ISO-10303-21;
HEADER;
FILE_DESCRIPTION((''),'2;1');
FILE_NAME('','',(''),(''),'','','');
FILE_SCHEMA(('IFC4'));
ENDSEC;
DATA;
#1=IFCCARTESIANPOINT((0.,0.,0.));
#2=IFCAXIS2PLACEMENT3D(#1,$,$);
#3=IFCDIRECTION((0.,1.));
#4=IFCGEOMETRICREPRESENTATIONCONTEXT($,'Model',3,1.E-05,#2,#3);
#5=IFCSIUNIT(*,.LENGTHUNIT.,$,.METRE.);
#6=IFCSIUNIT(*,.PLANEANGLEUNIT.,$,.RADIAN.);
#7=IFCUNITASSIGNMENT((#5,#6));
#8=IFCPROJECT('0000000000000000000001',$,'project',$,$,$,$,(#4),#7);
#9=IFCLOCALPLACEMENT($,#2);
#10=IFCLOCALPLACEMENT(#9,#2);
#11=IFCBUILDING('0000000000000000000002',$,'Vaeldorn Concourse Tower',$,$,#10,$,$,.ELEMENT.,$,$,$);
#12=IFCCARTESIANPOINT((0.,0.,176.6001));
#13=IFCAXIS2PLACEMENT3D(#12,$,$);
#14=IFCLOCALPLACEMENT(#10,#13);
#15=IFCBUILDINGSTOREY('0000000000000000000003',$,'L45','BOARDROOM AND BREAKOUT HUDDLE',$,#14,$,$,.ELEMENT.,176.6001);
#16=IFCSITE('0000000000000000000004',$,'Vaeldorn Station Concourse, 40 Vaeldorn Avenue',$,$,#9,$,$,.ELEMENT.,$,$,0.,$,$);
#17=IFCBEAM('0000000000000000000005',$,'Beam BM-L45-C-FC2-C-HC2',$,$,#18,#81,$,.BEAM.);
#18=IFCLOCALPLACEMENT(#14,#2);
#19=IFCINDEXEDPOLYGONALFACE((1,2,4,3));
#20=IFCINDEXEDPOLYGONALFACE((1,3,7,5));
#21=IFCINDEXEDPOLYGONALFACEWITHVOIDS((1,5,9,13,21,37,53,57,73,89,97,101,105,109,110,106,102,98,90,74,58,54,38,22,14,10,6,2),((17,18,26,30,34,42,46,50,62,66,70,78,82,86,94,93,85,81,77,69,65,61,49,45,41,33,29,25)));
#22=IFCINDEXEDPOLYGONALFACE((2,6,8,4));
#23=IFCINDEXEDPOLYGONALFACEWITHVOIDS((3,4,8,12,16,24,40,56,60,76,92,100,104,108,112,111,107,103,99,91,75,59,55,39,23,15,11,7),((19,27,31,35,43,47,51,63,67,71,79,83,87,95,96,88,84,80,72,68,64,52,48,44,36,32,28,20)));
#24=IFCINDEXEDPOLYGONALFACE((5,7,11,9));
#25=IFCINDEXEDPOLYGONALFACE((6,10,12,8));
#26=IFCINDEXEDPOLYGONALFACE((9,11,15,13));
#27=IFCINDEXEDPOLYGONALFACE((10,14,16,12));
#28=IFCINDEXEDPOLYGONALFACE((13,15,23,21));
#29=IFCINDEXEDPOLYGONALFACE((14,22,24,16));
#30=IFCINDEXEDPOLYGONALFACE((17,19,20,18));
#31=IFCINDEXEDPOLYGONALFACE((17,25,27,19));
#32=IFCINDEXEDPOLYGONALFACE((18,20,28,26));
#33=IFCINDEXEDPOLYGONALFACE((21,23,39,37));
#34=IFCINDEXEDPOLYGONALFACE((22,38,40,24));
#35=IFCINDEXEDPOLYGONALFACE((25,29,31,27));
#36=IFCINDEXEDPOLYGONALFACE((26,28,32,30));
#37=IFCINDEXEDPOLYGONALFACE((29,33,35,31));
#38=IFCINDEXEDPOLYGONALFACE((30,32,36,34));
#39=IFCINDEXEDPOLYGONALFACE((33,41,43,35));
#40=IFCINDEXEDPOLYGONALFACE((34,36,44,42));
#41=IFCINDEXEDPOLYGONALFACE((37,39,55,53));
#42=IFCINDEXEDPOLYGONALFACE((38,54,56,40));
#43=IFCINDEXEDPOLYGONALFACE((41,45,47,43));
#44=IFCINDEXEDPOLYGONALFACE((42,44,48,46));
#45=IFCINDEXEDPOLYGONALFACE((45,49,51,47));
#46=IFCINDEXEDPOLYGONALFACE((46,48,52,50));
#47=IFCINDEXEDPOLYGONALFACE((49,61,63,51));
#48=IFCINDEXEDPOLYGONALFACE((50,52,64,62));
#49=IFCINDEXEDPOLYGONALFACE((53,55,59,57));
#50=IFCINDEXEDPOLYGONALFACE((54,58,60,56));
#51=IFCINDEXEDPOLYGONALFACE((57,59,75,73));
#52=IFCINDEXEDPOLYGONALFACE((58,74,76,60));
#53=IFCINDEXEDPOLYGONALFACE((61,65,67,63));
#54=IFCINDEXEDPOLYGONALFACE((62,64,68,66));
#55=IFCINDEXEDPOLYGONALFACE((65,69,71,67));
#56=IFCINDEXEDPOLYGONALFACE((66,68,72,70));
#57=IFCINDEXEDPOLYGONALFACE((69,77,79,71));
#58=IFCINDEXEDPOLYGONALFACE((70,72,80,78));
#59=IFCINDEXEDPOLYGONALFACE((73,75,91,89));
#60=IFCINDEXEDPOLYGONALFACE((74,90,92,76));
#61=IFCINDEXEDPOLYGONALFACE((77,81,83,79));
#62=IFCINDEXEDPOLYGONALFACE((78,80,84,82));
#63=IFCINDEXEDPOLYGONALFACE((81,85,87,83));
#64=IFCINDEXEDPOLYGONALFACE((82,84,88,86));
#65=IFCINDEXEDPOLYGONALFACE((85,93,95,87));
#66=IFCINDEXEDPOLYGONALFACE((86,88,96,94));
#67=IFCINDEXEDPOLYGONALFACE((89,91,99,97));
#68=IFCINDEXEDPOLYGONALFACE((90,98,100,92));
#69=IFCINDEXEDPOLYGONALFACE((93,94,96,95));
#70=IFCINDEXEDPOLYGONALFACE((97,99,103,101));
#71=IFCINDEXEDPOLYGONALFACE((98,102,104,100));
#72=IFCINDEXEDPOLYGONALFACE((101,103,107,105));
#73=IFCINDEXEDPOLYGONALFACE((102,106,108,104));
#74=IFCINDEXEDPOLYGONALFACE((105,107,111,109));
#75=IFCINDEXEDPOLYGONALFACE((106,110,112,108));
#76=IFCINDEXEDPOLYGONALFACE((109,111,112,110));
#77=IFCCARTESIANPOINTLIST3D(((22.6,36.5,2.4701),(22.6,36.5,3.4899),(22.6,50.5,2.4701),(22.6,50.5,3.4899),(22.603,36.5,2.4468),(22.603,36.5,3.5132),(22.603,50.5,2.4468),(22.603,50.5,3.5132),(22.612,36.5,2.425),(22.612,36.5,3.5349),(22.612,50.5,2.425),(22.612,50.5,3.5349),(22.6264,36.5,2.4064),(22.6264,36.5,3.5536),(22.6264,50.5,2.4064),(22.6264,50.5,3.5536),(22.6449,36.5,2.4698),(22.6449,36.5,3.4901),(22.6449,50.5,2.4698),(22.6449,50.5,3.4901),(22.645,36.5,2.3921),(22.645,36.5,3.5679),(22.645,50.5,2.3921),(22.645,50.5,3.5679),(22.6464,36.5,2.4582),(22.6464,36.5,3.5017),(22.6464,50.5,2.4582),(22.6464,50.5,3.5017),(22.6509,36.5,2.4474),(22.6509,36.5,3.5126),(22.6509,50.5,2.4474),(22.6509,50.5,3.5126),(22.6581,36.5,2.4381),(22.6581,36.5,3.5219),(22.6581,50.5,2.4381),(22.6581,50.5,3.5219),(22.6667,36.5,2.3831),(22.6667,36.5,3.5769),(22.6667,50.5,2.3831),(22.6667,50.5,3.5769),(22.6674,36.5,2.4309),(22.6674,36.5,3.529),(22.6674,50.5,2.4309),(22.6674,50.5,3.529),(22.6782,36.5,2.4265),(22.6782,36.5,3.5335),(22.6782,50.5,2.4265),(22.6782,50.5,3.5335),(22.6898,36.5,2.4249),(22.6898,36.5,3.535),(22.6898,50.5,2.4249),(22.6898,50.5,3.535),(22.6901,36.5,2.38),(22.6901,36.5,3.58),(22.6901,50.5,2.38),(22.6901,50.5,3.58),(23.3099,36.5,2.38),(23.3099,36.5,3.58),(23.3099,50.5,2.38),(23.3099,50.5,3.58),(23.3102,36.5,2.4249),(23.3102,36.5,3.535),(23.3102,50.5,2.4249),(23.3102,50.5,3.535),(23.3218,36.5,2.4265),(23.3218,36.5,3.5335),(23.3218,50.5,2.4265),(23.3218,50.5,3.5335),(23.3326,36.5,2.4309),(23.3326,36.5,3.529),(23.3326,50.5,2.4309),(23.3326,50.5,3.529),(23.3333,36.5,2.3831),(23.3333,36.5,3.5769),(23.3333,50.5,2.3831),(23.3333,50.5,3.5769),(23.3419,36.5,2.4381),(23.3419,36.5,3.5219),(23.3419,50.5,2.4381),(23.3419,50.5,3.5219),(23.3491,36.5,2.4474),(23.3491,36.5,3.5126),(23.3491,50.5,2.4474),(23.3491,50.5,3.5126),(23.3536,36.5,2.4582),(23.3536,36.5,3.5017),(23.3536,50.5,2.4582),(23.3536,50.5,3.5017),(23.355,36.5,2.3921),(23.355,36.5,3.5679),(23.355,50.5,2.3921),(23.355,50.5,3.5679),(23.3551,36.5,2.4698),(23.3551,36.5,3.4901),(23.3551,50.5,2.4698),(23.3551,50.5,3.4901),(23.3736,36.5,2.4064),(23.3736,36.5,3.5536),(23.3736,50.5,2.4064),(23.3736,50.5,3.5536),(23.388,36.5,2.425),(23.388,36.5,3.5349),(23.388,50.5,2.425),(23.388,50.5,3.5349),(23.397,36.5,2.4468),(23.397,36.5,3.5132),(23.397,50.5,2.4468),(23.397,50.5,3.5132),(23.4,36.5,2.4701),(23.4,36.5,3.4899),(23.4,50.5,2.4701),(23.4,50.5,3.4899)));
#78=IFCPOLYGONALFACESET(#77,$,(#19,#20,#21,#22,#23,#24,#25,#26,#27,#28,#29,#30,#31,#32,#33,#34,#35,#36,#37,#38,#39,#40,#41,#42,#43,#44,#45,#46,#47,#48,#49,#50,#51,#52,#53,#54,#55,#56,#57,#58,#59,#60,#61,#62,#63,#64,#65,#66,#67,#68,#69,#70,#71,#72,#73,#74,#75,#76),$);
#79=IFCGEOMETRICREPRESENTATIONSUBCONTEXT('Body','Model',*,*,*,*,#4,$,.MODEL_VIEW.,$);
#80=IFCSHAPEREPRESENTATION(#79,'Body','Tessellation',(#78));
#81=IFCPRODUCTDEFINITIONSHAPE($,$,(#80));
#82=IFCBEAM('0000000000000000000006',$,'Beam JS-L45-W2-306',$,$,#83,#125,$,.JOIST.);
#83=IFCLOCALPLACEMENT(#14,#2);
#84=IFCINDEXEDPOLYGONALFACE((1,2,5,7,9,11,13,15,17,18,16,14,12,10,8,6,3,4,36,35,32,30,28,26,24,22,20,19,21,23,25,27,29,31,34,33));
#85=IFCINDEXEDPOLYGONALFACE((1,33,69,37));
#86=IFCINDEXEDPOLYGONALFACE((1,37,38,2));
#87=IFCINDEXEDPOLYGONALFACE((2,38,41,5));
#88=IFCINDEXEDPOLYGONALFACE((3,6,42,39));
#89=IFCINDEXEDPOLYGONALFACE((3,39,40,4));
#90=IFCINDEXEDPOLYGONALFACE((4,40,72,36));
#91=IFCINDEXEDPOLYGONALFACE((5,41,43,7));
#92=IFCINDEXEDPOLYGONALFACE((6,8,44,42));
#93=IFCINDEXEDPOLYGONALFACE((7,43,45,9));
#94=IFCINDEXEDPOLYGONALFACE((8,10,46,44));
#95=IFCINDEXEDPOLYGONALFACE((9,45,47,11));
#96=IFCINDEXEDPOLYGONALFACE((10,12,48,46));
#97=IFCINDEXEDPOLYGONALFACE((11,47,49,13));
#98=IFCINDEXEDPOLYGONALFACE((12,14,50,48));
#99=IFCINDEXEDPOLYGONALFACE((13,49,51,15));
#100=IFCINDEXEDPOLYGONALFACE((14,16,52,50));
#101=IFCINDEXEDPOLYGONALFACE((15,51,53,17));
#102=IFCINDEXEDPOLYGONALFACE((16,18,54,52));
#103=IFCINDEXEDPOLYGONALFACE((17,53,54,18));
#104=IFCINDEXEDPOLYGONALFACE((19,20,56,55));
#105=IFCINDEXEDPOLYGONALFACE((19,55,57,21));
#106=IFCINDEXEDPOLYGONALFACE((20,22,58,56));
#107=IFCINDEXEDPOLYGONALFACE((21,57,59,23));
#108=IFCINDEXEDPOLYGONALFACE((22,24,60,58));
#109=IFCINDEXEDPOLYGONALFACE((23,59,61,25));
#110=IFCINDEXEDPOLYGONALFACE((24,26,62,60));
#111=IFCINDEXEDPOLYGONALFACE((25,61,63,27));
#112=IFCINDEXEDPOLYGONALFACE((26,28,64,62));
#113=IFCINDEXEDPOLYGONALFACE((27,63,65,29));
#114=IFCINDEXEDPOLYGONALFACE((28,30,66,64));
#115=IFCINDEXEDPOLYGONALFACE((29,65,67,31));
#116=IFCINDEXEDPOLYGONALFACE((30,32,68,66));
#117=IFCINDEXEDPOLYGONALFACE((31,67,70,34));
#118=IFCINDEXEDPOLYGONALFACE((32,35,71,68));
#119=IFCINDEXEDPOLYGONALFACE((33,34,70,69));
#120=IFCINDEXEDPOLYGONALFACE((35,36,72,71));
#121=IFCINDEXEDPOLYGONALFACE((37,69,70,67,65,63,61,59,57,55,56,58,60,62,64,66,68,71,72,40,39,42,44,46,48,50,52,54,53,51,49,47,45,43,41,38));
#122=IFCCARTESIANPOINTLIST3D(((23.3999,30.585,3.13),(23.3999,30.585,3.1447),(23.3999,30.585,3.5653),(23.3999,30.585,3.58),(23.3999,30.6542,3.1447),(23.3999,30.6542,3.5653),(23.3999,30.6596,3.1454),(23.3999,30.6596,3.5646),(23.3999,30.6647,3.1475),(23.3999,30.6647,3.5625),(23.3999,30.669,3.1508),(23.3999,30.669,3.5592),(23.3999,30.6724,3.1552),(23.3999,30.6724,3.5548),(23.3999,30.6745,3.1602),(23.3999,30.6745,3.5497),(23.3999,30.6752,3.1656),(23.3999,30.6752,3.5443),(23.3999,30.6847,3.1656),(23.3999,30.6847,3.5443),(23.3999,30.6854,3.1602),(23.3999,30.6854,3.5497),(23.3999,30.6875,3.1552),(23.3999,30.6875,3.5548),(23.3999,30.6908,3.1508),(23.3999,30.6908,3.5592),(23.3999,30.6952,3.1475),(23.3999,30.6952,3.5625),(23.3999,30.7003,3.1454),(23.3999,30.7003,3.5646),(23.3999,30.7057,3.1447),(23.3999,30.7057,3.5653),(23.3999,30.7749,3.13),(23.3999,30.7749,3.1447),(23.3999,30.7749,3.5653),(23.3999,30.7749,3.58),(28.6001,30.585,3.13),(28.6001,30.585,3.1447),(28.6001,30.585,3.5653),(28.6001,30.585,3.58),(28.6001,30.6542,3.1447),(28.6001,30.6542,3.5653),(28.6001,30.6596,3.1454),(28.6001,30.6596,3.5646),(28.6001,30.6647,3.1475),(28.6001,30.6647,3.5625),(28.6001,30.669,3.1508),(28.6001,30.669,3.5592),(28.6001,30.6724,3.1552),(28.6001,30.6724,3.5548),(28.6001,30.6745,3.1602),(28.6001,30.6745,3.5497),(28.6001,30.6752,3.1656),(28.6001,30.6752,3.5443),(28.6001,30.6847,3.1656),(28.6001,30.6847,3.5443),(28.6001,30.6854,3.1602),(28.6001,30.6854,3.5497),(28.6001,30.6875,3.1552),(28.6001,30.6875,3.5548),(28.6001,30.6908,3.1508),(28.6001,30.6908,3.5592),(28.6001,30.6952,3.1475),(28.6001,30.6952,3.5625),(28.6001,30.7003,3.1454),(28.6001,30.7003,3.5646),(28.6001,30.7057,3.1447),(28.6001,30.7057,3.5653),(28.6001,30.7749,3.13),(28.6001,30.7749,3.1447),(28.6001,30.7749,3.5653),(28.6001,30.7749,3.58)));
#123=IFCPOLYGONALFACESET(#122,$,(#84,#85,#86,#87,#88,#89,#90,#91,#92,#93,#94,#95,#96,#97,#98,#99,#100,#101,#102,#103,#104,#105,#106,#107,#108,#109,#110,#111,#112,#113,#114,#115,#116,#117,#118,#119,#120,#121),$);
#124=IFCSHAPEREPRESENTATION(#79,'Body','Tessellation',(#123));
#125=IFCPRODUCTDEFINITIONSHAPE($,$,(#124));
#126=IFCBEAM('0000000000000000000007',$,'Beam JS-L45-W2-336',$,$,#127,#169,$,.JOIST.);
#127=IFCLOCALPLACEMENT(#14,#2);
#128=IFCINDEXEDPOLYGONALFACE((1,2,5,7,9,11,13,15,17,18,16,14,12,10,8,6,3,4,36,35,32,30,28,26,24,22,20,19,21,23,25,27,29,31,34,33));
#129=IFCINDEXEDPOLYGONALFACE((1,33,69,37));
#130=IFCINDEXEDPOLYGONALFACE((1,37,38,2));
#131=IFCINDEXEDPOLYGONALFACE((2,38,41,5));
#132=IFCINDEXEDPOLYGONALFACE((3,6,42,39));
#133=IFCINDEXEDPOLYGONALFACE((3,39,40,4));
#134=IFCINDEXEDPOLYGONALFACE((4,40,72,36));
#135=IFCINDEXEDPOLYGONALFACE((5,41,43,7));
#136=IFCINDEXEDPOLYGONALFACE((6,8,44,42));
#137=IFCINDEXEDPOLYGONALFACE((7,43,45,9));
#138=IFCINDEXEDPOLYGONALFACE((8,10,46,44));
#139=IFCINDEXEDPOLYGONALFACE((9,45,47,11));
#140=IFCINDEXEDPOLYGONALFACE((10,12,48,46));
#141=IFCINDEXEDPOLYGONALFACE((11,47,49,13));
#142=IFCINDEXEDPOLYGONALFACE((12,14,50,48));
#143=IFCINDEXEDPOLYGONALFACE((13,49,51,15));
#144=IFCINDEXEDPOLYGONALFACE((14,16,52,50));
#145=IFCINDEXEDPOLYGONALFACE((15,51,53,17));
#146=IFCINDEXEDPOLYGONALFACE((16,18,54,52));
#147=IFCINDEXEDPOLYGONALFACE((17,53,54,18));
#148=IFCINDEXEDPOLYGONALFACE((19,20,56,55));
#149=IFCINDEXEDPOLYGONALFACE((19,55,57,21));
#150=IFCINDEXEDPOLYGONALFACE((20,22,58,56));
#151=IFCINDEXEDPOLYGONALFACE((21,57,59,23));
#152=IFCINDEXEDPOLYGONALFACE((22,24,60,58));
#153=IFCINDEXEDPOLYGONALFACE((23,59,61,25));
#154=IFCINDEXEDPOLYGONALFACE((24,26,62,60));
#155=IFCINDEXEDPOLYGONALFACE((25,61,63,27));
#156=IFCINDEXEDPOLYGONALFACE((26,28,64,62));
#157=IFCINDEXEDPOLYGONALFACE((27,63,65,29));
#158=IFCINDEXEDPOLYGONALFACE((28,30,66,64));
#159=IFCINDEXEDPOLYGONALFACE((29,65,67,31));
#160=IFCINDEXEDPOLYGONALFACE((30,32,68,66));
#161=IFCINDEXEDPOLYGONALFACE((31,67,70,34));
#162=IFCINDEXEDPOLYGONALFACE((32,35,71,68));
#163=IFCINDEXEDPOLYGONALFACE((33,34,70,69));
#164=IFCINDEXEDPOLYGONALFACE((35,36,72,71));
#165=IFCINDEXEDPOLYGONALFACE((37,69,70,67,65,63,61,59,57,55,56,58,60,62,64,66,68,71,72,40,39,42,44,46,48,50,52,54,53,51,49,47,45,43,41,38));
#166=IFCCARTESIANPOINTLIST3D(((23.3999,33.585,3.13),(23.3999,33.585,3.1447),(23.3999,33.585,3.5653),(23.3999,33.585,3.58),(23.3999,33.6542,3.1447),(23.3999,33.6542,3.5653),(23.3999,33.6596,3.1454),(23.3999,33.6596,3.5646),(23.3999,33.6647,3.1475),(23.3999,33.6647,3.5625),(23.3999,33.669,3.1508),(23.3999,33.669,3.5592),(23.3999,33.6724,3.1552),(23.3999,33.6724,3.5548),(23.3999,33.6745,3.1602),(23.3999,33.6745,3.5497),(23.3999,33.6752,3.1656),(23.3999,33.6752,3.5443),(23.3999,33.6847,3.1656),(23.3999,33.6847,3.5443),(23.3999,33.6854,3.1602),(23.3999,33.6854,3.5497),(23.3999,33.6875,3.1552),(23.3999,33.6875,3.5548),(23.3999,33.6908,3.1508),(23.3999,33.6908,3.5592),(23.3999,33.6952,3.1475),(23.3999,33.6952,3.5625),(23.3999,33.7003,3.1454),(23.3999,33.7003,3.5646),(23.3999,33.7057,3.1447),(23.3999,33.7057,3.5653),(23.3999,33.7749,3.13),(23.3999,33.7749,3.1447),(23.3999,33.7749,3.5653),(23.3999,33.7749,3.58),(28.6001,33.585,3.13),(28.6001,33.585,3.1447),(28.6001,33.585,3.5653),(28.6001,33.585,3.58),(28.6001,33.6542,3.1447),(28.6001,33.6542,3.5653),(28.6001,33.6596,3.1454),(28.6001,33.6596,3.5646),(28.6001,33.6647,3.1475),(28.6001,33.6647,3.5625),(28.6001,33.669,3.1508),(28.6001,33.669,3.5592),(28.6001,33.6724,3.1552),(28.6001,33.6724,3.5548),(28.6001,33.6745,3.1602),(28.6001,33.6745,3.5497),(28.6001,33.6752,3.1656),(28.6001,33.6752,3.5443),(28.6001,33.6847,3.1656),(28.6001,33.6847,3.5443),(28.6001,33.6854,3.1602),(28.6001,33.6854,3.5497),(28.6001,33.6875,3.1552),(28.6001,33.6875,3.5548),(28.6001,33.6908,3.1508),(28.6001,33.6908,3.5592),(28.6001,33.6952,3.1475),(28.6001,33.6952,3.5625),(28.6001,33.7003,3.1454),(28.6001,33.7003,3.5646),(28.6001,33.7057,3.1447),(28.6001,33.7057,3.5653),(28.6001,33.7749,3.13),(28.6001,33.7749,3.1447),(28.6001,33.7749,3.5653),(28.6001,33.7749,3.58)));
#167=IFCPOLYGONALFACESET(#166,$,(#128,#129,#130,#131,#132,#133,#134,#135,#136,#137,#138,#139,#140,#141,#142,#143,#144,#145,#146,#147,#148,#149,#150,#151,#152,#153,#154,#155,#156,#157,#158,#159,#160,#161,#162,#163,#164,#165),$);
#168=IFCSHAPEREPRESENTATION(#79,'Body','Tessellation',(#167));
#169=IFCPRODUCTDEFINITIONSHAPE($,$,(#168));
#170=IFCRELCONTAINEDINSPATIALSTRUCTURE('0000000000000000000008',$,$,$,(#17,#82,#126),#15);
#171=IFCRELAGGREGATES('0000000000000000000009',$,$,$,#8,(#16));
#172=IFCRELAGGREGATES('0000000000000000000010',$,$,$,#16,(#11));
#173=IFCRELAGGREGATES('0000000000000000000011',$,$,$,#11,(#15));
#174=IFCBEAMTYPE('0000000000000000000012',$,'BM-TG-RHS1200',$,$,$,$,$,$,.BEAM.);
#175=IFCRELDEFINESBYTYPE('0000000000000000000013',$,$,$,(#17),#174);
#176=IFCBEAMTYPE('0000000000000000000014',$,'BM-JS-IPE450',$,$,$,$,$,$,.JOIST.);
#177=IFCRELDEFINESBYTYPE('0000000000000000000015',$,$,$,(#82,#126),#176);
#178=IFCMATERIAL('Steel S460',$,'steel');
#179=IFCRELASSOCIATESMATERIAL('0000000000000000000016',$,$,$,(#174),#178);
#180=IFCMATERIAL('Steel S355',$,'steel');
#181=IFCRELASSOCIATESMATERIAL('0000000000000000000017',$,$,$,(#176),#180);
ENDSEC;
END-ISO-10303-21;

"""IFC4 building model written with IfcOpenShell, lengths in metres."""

from ifc_helpers import new_model, si_unit, direction, frame, origin, origin_2d, place, context, subcontext, project, spatial, hollow_rectangle, i_section, extrude, source, transform, mapped, material, material_profile, profile_set, type_object, element, save


model = new_model("IFC4")

# Units and contexts
model_context = context("Model", 3, precision=1e-05, world=origin(), true_north=direction((0.0, 1.0)))
body_context = subcontext(model_context, "Body", "Model", "MODEL_VIEW")
ifc_project = project(units=[si_unit("LENGTHUNIT", "METRE"), si_unit("PLANEANGLEUNIT", "RADIAN")], contexts=[model_context])

# Site, building, storey
site_placement = place(None, origin())
site = spatial("IfcSite", under=ifc_project, at=site_placement, Name="Vaeldorn Station Concourse, 40 Vaeldorn Avenue", CompositionType="ELEMENT", RefElevation=0.0)
building_placement = place(site_placement, origin())
building = spatial("IfcBuilding", under=site, at=building_placement, Name="Vaeldorn Concourse Tower", CompositionType="ELEMENT")
storey_placement = place(building_placement, frame((0.0, 0.0, 176.6001)))
storey = spatial("IfcBuildingStorey", under=building, at=storey_placement, Name="L45", Description="BOARDROOM AND BREAKOUT HUDDLE", CompositionType="ELEMENT", Elevation=176.6001)

# Shared definitions
ifc_material_1 = material(Name="Steel S460", Category="steel")
ifc_material_2 = material(Name="Steel S355", Category="steel")

# Beams
ifc_material_profile_1 = material_profile(ifc_material_1, hollow_rectangle(XDim=0.8, YDim=1.2, WallThickness=0.0449, InnerFilletRadius=0.0449, OuterFilletRadius=0.0901, at=origin_2d()), Name="RHS 1200x800x45")
ifc_profile_set_1 = profile_set([ifc_material_profile_1], Name="Steel S460")
beam_type_1 = type_object("IfcBeamType", Name="BM-TG-RHS1200", PredefinedType="BEAM", material=ifc_profile_set_1)
shared_shape_1 = source(origin(), body_context, "Body", "SweptSolid", [
    extrude(hollow_rectangle(XDim=0.8, YDim=1.2, WallThickness=0.0449, InnerFilletRadius=0.0449, OuterFilletRadius=0.0901, at=origin_2d()), origin(), (0.0, 0.0, 1.0), 14.0),
])
beam_placement = place(storey_placement, frame((23.0, 36.5, 2.98), z_axis=(0.0, 1.0, 0.0), x_axis=(-1.0, 0.0, 0.0)))
element("IfcBeam", 1, at=beam_placement, inside=storey, type_object=beam_type_1, Name="Beam BM-L45-C-FC2-C-HC2", PredefinedType="BEAM", context=body_context, shape_type="MappedRepresentation", body=[
    mapped(shared_shape_1, transform((0.0, 0.0, 0.0), scale=1.0)),
])
ifc_material_profile_2 = material_profile(ifc_material_2, i_section(OverallWidth=0.1899, OverallDepth=0.45, WebThickness=0.0095, FlangeThickness=0.0146, FilletRadius=0.021, at=origin_2d()), Name="IPE 450")
ifc_profile_set_2 = profile_set([ifc_material_profile_2], Name="Steel S355")
beam_type_2 = type_object("IfcBeamType", Name="BM-JS-IPE450", PredefinedType="JOIST", material=ifc_profile_set_2)
shared_shape_2 = source(origin(), body_context, "Body", "SweptSolid", [
    extrude(i_section(OverallWidth=0.1899, OverallDepth=0.45, WebThickness=0.0095, FlangeThickness=0.0146, FilletRadius=0.021, at=origin_2d()), origin(), (0.0, 0.0, 1.0), 5.2002),
])
for number, where, z_axis, x_axis, name in (
    (2, (23.3999, 30.6799, 3.355), (1.0, 0.0, 0.0), (0.0, 1.0, 0.0), "Beam JS-L45-W2-306"),
    (3, (23.3999, 33.6799, 3.355), (1.0, 0.0, 0.0), (0.0, 1.0, 0.0), "Beam JS-L45-W2-336"),
):
    element("IfcBeam", number, at=place(storey_placement, frame(where, z_axis=z_axis, x_axis=x_axis)), inside=storey, type_object=beam_type_2, Name=name, PredefinedType="JOIST", context=body_context, shape_type="MappedRepresentation", body=[
        mapped(shared_shape_2, transform((0.0, 0.0, 0.0), scale=1.0)),
    ])

save(model, "model.ifc")
